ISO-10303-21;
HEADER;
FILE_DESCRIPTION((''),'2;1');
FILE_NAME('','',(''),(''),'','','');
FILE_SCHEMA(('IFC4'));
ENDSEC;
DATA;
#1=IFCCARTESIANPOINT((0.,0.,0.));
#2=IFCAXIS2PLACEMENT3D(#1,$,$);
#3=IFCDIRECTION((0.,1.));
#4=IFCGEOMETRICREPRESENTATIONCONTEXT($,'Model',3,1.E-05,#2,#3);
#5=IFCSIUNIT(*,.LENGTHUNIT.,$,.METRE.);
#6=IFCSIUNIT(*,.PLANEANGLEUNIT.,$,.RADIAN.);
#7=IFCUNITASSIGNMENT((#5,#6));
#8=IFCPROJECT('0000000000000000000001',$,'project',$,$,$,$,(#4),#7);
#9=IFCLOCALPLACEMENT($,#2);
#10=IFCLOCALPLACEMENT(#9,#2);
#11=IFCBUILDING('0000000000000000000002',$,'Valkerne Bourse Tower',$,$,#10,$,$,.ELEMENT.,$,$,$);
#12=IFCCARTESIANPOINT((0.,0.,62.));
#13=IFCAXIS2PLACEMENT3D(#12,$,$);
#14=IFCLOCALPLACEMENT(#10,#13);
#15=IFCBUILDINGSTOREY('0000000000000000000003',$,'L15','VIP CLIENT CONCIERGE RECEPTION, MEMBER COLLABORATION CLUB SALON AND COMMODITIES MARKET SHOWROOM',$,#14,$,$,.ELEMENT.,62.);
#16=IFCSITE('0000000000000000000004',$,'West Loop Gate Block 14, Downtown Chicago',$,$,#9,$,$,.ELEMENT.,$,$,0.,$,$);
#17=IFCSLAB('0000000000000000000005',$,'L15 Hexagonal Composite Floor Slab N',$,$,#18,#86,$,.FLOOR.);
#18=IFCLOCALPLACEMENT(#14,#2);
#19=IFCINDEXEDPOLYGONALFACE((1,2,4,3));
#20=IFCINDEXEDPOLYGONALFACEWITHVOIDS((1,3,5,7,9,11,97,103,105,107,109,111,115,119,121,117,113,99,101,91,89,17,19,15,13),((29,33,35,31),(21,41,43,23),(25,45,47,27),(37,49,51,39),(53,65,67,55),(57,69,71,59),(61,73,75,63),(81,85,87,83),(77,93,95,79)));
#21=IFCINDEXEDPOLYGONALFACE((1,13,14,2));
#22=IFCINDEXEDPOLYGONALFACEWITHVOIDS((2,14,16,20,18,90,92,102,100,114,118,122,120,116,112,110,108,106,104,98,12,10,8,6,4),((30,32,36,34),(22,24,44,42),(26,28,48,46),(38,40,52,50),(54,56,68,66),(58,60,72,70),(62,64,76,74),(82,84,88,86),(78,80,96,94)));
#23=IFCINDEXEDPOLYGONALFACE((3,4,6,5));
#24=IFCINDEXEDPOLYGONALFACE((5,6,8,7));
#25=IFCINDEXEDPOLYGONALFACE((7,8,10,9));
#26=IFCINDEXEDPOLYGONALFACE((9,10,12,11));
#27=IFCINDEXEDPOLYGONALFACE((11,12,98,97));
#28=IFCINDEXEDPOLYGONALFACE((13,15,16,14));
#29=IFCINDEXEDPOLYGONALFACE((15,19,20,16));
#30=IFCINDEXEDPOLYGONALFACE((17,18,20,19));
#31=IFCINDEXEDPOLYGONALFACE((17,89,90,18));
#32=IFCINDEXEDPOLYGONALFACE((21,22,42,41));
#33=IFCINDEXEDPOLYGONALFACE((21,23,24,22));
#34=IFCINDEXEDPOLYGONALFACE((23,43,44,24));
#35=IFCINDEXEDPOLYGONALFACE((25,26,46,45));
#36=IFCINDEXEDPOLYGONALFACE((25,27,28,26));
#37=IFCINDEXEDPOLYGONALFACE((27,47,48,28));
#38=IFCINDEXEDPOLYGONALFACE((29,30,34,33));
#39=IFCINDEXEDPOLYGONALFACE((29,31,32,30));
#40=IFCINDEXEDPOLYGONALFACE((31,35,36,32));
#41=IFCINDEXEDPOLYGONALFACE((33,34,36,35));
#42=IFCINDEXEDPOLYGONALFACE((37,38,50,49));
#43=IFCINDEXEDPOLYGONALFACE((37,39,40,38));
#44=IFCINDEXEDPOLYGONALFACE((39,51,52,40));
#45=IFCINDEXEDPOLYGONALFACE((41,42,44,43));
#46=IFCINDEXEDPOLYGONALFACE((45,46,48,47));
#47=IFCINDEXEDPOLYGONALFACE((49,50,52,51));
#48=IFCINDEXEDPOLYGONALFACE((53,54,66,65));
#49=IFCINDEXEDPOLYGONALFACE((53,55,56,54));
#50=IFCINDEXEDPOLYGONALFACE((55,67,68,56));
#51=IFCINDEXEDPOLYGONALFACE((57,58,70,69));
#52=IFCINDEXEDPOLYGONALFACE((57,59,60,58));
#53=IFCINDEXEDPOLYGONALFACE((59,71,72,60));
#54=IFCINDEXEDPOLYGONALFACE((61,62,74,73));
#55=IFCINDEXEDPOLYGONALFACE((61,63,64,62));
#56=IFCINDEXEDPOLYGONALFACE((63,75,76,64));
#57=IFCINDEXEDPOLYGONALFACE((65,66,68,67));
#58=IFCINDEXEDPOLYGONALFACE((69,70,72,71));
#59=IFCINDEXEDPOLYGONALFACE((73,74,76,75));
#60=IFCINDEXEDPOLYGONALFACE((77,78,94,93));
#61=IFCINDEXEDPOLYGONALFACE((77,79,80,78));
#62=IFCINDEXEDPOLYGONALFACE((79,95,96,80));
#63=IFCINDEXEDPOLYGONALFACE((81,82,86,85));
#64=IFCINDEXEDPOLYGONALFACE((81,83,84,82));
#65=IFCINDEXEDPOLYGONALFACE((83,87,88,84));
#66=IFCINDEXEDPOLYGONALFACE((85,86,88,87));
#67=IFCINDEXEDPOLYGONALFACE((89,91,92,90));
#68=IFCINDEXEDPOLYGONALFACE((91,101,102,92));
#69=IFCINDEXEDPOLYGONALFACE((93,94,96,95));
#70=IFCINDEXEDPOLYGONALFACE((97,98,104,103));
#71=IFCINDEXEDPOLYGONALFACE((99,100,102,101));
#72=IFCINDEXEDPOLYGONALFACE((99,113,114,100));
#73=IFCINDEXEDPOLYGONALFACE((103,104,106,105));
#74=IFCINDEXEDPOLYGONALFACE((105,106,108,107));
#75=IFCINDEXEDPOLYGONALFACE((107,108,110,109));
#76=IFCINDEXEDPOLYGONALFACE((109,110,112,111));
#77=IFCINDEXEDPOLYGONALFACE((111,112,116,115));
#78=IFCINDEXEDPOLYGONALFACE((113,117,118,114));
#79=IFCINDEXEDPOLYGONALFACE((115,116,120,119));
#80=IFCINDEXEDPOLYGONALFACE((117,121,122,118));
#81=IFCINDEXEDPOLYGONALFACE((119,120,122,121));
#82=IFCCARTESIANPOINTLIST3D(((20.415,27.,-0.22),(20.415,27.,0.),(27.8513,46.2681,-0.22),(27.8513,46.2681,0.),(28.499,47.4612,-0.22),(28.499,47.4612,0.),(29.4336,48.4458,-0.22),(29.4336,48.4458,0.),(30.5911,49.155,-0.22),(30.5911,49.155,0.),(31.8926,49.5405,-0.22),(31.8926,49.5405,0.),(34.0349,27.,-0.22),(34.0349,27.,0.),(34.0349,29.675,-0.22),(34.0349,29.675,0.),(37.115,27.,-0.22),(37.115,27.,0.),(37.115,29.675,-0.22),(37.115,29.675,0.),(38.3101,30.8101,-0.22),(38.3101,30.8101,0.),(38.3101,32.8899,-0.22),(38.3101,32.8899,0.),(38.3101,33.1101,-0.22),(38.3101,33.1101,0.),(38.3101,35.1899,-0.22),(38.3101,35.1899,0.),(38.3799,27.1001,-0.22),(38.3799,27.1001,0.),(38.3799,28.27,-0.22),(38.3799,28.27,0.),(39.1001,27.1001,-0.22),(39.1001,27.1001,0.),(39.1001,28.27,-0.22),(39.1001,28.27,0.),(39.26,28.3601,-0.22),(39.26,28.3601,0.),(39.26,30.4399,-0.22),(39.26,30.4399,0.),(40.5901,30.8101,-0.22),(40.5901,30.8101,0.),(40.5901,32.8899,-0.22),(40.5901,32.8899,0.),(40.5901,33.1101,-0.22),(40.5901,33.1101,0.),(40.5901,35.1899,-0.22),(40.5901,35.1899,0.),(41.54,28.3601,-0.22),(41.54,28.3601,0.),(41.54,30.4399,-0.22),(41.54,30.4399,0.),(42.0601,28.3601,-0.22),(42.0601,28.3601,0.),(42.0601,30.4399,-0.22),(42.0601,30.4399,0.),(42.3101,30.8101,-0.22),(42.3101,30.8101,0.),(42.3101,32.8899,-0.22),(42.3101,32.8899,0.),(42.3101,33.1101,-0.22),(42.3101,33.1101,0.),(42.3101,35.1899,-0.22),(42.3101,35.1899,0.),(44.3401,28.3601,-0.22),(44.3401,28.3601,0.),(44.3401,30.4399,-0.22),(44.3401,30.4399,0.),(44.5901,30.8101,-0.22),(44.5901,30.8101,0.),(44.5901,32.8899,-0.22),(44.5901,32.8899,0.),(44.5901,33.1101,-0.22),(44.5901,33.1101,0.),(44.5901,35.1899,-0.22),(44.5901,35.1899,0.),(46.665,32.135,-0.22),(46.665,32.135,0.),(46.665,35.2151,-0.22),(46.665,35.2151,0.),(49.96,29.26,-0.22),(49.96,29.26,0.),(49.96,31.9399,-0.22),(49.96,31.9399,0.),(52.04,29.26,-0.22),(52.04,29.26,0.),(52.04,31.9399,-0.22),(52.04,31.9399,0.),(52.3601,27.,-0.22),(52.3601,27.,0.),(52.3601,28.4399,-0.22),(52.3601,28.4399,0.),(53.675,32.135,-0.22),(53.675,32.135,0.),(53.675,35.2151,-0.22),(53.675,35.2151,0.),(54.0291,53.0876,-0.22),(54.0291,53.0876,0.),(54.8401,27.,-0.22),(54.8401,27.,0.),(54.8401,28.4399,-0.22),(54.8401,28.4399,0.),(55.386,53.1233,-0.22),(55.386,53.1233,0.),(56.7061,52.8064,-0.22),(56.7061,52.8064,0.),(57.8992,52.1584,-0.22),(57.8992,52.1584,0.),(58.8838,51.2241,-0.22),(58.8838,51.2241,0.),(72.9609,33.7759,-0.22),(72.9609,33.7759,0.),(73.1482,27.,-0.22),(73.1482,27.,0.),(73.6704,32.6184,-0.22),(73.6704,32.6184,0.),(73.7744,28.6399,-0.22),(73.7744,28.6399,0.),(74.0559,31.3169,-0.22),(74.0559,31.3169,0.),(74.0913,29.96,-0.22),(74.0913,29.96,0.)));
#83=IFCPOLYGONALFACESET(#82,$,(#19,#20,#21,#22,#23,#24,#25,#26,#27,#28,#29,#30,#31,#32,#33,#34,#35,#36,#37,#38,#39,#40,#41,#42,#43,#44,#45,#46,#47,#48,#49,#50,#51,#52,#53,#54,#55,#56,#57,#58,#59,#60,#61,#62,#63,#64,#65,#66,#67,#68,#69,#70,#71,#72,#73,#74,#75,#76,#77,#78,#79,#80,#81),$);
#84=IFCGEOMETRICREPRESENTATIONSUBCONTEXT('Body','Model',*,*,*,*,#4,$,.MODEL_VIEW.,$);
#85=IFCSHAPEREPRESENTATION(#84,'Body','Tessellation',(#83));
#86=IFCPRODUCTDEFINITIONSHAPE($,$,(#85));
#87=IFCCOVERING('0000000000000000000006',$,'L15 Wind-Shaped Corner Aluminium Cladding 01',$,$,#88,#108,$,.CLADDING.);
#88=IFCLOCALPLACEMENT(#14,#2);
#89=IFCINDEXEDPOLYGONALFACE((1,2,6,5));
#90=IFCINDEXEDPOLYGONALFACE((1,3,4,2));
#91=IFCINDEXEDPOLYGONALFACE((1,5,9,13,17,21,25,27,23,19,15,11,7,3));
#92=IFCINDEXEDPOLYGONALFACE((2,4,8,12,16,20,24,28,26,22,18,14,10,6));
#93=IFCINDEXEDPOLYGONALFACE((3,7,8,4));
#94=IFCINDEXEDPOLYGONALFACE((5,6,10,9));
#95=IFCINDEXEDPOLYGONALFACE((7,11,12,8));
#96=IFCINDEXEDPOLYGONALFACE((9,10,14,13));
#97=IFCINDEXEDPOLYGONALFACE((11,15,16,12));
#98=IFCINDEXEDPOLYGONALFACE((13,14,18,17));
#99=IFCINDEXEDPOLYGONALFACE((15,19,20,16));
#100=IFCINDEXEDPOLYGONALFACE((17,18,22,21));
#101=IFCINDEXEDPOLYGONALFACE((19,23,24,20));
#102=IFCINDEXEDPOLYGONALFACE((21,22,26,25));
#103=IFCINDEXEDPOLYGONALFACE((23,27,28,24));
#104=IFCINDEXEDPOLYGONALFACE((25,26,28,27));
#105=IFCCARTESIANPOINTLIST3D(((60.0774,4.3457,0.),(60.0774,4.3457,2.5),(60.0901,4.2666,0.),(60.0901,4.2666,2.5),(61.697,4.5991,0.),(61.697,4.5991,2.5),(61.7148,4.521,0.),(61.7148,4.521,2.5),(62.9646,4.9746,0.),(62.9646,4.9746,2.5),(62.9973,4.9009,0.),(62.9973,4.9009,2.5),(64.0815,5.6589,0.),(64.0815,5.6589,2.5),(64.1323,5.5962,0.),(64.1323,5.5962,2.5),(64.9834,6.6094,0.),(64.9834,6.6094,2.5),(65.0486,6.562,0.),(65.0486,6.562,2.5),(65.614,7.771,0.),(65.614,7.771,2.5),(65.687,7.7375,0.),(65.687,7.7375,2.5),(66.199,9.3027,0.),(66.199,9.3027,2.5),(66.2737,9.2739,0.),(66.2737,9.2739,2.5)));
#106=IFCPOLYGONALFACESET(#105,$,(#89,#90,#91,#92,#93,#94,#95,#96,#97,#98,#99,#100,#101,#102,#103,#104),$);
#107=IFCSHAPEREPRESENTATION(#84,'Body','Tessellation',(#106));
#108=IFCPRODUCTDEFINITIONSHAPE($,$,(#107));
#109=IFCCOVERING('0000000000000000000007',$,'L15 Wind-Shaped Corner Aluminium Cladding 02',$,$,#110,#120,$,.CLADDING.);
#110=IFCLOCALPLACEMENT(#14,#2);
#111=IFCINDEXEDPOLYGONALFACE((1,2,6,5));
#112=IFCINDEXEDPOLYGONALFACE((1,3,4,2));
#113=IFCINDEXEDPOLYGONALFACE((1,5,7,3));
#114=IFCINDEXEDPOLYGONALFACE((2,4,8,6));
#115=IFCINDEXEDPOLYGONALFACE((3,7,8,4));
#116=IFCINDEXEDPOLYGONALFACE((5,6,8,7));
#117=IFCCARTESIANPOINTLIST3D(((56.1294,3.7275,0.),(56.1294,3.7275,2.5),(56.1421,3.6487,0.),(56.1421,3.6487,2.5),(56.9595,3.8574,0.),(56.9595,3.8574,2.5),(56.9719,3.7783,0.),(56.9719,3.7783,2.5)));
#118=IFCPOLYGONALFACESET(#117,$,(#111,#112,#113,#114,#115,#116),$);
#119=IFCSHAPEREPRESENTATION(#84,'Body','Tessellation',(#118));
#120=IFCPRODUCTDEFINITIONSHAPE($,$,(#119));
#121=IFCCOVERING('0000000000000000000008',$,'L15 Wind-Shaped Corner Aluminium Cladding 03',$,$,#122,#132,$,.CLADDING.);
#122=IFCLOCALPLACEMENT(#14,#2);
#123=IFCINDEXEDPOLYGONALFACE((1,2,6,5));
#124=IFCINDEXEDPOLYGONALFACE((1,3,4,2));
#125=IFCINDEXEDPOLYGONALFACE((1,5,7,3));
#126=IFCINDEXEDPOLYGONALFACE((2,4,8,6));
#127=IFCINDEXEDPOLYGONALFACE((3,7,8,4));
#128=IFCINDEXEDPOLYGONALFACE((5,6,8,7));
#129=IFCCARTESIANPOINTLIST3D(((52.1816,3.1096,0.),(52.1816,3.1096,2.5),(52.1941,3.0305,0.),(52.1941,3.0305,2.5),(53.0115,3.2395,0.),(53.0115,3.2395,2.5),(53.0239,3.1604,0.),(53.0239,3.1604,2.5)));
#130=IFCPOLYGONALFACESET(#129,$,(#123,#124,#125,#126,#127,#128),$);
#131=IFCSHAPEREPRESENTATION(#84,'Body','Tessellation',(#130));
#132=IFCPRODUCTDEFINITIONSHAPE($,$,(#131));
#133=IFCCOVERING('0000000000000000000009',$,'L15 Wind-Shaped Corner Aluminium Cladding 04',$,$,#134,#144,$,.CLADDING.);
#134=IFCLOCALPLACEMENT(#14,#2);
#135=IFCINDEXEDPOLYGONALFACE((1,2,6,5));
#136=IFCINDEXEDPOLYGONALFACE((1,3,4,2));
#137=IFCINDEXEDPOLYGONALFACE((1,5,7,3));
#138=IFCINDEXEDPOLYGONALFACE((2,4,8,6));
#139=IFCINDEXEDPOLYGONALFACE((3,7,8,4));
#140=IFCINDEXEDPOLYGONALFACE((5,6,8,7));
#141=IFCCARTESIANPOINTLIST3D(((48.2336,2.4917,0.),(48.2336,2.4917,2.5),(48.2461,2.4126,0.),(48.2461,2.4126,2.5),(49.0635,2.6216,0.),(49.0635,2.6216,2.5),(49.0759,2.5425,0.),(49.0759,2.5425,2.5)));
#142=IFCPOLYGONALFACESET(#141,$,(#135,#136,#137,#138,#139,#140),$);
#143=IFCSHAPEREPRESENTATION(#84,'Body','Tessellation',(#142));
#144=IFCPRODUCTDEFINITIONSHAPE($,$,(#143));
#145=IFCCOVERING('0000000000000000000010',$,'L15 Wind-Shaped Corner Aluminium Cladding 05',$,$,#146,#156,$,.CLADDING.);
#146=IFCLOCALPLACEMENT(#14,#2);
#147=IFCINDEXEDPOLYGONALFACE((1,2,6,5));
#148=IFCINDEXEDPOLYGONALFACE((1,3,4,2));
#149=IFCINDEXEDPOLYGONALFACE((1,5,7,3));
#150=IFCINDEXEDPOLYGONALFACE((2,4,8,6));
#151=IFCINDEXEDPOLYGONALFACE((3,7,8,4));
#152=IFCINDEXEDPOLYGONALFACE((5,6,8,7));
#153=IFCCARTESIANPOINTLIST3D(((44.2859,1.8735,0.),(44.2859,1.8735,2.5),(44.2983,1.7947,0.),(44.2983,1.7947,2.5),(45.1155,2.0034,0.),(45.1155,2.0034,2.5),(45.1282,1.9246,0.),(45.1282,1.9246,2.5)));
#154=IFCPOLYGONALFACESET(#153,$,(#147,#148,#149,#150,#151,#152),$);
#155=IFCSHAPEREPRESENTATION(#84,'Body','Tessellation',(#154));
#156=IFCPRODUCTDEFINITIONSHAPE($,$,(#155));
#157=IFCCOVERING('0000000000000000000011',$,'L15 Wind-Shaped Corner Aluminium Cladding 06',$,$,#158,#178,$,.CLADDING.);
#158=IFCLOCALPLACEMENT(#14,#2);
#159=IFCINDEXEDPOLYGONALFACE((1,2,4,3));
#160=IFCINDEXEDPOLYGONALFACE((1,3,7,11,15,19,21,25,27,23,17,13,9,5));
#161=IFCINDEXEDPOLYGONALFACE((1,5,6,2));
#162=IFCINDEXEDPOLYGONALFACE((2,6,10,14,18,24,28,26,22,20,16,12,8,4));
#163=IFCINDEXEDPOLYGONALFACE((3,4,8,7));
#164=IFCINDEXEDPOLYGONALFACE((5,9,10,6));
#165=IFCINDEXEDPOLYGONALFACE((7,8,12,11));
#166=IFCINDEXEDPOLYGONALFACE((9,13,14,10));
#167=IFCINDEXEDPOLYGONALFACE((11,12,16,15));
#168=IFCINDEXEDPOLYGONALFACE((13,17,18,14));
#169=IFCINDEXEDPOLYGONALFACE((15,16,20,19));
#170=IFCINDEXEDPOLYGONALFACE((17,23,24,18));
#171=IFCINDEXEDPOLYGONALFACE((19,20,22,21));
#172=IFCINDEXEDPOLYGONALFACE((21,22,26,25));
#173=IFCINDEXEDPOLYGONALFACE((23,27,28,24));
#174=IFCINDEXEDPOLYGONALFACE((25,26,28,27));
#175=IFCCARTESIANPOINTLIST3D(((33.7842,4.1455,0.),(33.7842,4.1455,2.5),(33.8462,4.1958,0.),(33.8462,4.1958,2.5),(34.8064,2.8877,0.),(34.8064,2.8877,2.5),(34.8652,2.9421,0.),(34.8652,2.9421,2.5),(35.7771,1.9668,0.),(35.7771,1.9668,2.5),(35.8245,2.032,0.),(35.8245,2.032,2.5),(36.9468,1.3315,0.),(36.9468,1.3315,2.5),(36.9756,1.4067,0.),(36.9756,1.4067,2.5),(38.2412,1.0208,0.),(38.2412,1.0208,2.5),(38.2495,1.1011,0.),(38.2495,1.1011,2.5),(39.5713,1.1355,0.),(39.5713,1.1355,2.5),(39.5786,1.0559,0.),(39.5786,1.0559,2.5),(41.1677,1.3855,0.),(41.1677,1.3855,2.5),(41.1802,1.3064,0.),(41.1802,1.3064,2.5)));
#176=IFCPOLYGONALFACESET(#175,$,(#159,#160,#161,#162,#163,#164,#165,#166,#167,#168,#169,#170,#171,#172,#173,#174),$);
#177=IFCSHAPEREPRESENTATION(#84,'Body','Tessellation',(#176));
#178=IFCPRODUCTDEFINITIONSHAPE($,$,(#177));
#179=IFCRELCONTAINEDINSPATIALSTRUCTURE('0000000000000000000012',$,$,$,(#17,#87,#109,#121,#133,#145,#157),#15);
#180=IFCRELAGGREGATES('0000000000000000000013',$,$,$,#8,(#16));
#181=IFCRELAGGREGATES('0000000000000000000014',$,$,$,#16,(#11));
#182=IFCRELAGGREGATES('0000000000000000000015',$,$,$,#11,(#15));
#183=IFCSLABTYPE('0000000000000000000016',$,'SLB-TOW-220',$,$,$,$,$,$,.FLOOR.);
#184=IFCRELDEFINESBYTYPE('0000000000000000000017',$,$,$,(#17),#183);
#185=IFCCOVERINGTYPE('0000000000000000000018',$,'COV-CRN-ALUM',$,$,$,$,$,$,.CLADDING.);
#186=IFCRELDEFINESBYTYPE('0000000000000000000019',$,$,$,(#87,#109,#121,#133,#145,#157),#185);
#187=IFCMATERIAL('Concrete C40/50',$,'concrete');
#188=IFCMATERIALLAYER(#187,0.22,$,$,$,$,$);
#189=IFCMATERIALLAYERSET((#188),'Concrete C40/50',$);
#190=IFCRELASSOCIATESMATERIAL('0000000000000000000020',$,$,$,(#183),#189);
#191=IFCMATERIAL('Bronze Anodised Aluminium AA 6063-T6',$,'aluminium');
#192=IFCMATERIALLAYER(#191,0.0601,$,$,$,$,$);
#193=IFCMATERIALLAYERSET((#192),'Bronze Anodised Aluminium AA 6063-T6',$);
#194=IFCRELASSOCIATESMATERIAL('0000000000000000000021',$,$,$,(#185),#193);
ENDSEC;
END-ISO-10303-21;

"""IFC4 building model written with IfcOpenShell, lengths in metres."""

from ifc_helpers import new_model, si_unit, direction, frame, origin, place, context, subcontext, project, spatial, polyline, outline, extrude, material, layer, layer_set, type_object, element, save


model = new_model("IFC4")

# Units and contexts
model_context = context("Model", 3, precision=1e-05, world=origin(), true_north=direction((0.0, 1.0)))
body_context = subcontext(model_context, "Body", "Model", "MODEL_VIEW")
ifc_project = project(units=[si_unit("LENGTHUNIT", "METRE"), si_unit("PLANEANGLEUNIT", "RADIAN")], contexts=[model_context])

# Site, building, storey
site_placement = place(None, origin())
site = spatial("IfcSite", under=ifc_project, at=site_placement, Name="West Loop Gate Block 14, Downtown Chicago", CompositionType="ELEMENT", RefElevation=0.0)
building_placement = place(site_placement, origin())
building = spatial("IfcBuilding", under=site, at=building_placement, Name="Valkerne Bourse Tower", CompositionType="ELEMENT")
storey_placement = place(building_placement, frame((0.0, 0.0, 62.0)))
storey = spatial("IfcBuildingStorey", under=building, at=storey_placement, Name="L15", Description="VIP CLIENT CONCIERGE RECEPTION, MEMBER COLLABORATION CLUB SALON AND COMMODITIES MARKET SHOWROOM", CompositionType="ELEMENT", Elevation=62.0)

# Slab
ifc_material_1 = material(Name="Concrete C40/50", Category="concrete")
ifc_layer_1 = layer(ifc_material_1, 0.22)
ifc_layer_set_1 = layer_set([ifc_layer_1], Name="Concrete C40/50")
slab_type_1 = type_object("IfcSlabType", Name="SLB-TOW-220", PredefinedType="FLOOR", material=ifc_layer_set_1)
slab_1_placement = place(storey_placement, frame((0.0, 0.0, -0.22)))
element("IfcSlab", 1, at=slab_1_placement, inside=storey, type_object=slab_type_1, Name="L15 Hexagonal Composite Floor Slab N", PredefinedType="FLOOR", context=body_context, shape_type="SweptSolid", body=[
    extrude(outline(polyline([(27.8513, 46.2681), (28.499, 47.4612), (29.4336, 48.4458), (30.5911, 49.155), (31.8926, 49.5405), (54.0291, 53.0876), (55.386, 53.1233), (56.7061, 52.8064), (57.8992, 52.1584), (58.8838, 51.2241), (72.9609, 33.7759), (73.6704, 32.6184), (74.0559, 31.3169), (74.0913, 29.96), (73.7744, 28.6399), (73.1482, 27.0), (54.8401, 27.0), (54.8401, 28.4399), (52.3601, 28.4399), (52.3601, 27.0), (37.115, 27.0), (37.115, 29.675), (34.0349, 29.675), (34.0349, 27.0), (20.415, 27.0), (27.8513, 46.2681)]), holes=[polyline([(39.1001, 28.27), (38.3799, 28.27), (38.3799, 27.1001), (39.1001, 27.1001), (39.1001, 28.27)]), polyline([(41.54, 30.4399), (39.26, 30.4399), (39.26, 28.3601), (41.54, 28.3601), (41.54, 30.4399)]), polyline([(44.3401, 30.4399), (42.0601, 30.4399), (42.0601, 28.3601), (44.3401, 28.3601), (44.3401, 30.4399)]), polyline([(40.5901, 30.8101), (40.5901, 32.8899), (38.3101, 32.8899), (38.3101, 30.8101), (40.5901, 30.8101)]), polyline([(40.5901, 33.1101), (40.5901, 35.1899), (38.3101, 35.1899), (38.3101, 33.1101), (40.5901, 33.1101)]), polyline([(52.04, 31.9399), (49.96, 31.9399), (49.96, 29.26), (52.04, 29.26), (52.04, 31.9399)]), polyline([(44.5901, 32.8899), (42.3101, 32.8899), (42.3101, 30.8101), (44.5901, 30.8101), (44.5901, 32.8899)]), polyline([(53.675, 32.135), (53.675, 35.2151), (46.665, 35.2151), (46.665, 32.135), (53.675, 32.135)]), polyline([(44.5901, 33.1101), (44.5901, 35.1899), (42.3101, 35.1899), (42.3101, 33.1101), (44.5901, 33.1101)])]), origin(), (0.0, 0.0, 1.0), 0.22),
])

# Coverings
ifc_material_2 = material(Name="Bronze Anodised Aluminium AA 6063-T6", Category="aluminium")
ifc_layer_2 = layer(ifc_material_2, 0.0601)
ifc_layer_set_2 = layer_set([ifc_layer_2], Name="Bronze Anodised Aluminium AA 6063-T6")
covering_type = type_object("IfcCoveringType", Name="COV-CRN-ALUM", PredefinedType="CLADDING", material=ifc_layer_set_2)
covering_1_placement = place(storey_placement, origin())
element("IfcCovering", 2, at=covering_1_placement, inside=storey, type_object=covering_type, Name="L15 Wind-Shaped Corner Aluminium Cladding 01", PredefinedType="CLADDING", context=body_context, shape_type="SweptSolid", body=[
    extrude(outline(polyline([(65.0486, 6.562), (64.1323, 5.5962), (62.9973, 4.9009), (61.7148, 4.521), (60.0901, 4.2666), (60.0774, 4.3457), (61.697, 4.5991), (62.9646, 4.9746), (64.0815, 5.6589), (64.9834, 6.6094), (65.614, 7.771), (66.199, 9.3027), (66.2737, 9.2739), (65.687, 7.7375), (65.0486, 6.562)])), origin(), (0.0, 0.0, 1.0), 2.5),
])
covering_2_placement = place(storey_placement, origin())
element("IfcCovering", 3, at=covering_2_placement, inside=storey, type_object=covering_type, Name="L15 Wind-Shaped Corner Aluminium Cladding 02", PredefinedType="CLADDING", context=body_context, shape_type="SweptSolid", body=[
    extrude(outline(polyline([(56.1421, 3.6487), (56.1294, 3.7275), (56.9595, 3.8574), (56.9719, 3.7783), (56.1421, 3.6487)])), origin(), (0.0, 0.0, 1.0), 2.5),
])
covering_3_placement = place(storey_placement, origin())
element("IfcCovering", 4, at=covering_3_placement, inside=storey, type_object=covering_type, Name="L15 Wind-Shaped Corner Aluminium Cladding 03", PredefinedType="CLADDING", context=body_context, shape_type="SweptSolid", body=[
    extrude(outline(polyline([(52.1941, 3.0305), (52.1816, 3.1096), (53.0115, 3.2395), (53.0239, 3.1604), (52.1941, 3.0305)])), origin(), (0.0, 0.0, 1.0), 2.5),
])
covering_4_placement = place(storey_placement, origin())
element("IfcCovering", 5, at=covering_4_placement, inside=storey, type_object=covering_type, Name="L15 Wind-Shaped Corner Aluminium Cladding 04", PredefinedType="CLADDING", context=body_context, shape_type="SweptSolid", body=[
    extrude(outline(polyline([(48.2461, 2.4126), (48.2336, 2.4917), (49.0635, 2.6216), (49.0759, 2.5425), (48.2461, 2.4126)])), origin(), (0.0, 0.0, 1.0), 2.5),
])
covering_5_placement = place(storey_placement, origin())
element("IfcCovering", 6, at=covering_5_placement, inside=storey, type_object=covering_type, Name="L15 Wind-Shaped Corner Aluminium Cladding 05", PredefinedType="CLADDING", context=body_context, shape_type="SweptSolid", body=[
    extrude(outline(polyline([(44.2983, 1.7947), (44.2859, 1.8735), (45.1155, 2.0034), (45.1282, 1.9246), (44.2983, 1.7947)])), origin(), (0.0, 0.0, 1.0), 2.5),
])
covering_6_placement = place(storey_placement, origin())
element("IfcCovering", 7, at=covering_6_placement, inside=storey, type_object=covering_type, Name="L15 Wind-Shaped Corner Aluminium Cladding 06", PredefinedType="CLADDING", context=body_context, shape_type="SweptSolid", body=[
    extrude(outline(polyline([(39.5786, 1.0559), (38.2412, 1.0208), (36.9468, 1.3315), (35.7771, 1.9668), (34.8064, 2.8877), (33.7842, 4.1455), (33.8462, 4.1958), (34.8652, 2.9421), (35.8245, 2.032), (36.9756, 1.4067), (38.2495, 1.1011), (39.5713, 1.1355), (41.1677, 1.3855), (41.1802, 1.3064), (39.5786, 1.0559)])), origin(), (0.0, 0.0, 1.0), 2.5),
])

save(model, "model.ifc")
